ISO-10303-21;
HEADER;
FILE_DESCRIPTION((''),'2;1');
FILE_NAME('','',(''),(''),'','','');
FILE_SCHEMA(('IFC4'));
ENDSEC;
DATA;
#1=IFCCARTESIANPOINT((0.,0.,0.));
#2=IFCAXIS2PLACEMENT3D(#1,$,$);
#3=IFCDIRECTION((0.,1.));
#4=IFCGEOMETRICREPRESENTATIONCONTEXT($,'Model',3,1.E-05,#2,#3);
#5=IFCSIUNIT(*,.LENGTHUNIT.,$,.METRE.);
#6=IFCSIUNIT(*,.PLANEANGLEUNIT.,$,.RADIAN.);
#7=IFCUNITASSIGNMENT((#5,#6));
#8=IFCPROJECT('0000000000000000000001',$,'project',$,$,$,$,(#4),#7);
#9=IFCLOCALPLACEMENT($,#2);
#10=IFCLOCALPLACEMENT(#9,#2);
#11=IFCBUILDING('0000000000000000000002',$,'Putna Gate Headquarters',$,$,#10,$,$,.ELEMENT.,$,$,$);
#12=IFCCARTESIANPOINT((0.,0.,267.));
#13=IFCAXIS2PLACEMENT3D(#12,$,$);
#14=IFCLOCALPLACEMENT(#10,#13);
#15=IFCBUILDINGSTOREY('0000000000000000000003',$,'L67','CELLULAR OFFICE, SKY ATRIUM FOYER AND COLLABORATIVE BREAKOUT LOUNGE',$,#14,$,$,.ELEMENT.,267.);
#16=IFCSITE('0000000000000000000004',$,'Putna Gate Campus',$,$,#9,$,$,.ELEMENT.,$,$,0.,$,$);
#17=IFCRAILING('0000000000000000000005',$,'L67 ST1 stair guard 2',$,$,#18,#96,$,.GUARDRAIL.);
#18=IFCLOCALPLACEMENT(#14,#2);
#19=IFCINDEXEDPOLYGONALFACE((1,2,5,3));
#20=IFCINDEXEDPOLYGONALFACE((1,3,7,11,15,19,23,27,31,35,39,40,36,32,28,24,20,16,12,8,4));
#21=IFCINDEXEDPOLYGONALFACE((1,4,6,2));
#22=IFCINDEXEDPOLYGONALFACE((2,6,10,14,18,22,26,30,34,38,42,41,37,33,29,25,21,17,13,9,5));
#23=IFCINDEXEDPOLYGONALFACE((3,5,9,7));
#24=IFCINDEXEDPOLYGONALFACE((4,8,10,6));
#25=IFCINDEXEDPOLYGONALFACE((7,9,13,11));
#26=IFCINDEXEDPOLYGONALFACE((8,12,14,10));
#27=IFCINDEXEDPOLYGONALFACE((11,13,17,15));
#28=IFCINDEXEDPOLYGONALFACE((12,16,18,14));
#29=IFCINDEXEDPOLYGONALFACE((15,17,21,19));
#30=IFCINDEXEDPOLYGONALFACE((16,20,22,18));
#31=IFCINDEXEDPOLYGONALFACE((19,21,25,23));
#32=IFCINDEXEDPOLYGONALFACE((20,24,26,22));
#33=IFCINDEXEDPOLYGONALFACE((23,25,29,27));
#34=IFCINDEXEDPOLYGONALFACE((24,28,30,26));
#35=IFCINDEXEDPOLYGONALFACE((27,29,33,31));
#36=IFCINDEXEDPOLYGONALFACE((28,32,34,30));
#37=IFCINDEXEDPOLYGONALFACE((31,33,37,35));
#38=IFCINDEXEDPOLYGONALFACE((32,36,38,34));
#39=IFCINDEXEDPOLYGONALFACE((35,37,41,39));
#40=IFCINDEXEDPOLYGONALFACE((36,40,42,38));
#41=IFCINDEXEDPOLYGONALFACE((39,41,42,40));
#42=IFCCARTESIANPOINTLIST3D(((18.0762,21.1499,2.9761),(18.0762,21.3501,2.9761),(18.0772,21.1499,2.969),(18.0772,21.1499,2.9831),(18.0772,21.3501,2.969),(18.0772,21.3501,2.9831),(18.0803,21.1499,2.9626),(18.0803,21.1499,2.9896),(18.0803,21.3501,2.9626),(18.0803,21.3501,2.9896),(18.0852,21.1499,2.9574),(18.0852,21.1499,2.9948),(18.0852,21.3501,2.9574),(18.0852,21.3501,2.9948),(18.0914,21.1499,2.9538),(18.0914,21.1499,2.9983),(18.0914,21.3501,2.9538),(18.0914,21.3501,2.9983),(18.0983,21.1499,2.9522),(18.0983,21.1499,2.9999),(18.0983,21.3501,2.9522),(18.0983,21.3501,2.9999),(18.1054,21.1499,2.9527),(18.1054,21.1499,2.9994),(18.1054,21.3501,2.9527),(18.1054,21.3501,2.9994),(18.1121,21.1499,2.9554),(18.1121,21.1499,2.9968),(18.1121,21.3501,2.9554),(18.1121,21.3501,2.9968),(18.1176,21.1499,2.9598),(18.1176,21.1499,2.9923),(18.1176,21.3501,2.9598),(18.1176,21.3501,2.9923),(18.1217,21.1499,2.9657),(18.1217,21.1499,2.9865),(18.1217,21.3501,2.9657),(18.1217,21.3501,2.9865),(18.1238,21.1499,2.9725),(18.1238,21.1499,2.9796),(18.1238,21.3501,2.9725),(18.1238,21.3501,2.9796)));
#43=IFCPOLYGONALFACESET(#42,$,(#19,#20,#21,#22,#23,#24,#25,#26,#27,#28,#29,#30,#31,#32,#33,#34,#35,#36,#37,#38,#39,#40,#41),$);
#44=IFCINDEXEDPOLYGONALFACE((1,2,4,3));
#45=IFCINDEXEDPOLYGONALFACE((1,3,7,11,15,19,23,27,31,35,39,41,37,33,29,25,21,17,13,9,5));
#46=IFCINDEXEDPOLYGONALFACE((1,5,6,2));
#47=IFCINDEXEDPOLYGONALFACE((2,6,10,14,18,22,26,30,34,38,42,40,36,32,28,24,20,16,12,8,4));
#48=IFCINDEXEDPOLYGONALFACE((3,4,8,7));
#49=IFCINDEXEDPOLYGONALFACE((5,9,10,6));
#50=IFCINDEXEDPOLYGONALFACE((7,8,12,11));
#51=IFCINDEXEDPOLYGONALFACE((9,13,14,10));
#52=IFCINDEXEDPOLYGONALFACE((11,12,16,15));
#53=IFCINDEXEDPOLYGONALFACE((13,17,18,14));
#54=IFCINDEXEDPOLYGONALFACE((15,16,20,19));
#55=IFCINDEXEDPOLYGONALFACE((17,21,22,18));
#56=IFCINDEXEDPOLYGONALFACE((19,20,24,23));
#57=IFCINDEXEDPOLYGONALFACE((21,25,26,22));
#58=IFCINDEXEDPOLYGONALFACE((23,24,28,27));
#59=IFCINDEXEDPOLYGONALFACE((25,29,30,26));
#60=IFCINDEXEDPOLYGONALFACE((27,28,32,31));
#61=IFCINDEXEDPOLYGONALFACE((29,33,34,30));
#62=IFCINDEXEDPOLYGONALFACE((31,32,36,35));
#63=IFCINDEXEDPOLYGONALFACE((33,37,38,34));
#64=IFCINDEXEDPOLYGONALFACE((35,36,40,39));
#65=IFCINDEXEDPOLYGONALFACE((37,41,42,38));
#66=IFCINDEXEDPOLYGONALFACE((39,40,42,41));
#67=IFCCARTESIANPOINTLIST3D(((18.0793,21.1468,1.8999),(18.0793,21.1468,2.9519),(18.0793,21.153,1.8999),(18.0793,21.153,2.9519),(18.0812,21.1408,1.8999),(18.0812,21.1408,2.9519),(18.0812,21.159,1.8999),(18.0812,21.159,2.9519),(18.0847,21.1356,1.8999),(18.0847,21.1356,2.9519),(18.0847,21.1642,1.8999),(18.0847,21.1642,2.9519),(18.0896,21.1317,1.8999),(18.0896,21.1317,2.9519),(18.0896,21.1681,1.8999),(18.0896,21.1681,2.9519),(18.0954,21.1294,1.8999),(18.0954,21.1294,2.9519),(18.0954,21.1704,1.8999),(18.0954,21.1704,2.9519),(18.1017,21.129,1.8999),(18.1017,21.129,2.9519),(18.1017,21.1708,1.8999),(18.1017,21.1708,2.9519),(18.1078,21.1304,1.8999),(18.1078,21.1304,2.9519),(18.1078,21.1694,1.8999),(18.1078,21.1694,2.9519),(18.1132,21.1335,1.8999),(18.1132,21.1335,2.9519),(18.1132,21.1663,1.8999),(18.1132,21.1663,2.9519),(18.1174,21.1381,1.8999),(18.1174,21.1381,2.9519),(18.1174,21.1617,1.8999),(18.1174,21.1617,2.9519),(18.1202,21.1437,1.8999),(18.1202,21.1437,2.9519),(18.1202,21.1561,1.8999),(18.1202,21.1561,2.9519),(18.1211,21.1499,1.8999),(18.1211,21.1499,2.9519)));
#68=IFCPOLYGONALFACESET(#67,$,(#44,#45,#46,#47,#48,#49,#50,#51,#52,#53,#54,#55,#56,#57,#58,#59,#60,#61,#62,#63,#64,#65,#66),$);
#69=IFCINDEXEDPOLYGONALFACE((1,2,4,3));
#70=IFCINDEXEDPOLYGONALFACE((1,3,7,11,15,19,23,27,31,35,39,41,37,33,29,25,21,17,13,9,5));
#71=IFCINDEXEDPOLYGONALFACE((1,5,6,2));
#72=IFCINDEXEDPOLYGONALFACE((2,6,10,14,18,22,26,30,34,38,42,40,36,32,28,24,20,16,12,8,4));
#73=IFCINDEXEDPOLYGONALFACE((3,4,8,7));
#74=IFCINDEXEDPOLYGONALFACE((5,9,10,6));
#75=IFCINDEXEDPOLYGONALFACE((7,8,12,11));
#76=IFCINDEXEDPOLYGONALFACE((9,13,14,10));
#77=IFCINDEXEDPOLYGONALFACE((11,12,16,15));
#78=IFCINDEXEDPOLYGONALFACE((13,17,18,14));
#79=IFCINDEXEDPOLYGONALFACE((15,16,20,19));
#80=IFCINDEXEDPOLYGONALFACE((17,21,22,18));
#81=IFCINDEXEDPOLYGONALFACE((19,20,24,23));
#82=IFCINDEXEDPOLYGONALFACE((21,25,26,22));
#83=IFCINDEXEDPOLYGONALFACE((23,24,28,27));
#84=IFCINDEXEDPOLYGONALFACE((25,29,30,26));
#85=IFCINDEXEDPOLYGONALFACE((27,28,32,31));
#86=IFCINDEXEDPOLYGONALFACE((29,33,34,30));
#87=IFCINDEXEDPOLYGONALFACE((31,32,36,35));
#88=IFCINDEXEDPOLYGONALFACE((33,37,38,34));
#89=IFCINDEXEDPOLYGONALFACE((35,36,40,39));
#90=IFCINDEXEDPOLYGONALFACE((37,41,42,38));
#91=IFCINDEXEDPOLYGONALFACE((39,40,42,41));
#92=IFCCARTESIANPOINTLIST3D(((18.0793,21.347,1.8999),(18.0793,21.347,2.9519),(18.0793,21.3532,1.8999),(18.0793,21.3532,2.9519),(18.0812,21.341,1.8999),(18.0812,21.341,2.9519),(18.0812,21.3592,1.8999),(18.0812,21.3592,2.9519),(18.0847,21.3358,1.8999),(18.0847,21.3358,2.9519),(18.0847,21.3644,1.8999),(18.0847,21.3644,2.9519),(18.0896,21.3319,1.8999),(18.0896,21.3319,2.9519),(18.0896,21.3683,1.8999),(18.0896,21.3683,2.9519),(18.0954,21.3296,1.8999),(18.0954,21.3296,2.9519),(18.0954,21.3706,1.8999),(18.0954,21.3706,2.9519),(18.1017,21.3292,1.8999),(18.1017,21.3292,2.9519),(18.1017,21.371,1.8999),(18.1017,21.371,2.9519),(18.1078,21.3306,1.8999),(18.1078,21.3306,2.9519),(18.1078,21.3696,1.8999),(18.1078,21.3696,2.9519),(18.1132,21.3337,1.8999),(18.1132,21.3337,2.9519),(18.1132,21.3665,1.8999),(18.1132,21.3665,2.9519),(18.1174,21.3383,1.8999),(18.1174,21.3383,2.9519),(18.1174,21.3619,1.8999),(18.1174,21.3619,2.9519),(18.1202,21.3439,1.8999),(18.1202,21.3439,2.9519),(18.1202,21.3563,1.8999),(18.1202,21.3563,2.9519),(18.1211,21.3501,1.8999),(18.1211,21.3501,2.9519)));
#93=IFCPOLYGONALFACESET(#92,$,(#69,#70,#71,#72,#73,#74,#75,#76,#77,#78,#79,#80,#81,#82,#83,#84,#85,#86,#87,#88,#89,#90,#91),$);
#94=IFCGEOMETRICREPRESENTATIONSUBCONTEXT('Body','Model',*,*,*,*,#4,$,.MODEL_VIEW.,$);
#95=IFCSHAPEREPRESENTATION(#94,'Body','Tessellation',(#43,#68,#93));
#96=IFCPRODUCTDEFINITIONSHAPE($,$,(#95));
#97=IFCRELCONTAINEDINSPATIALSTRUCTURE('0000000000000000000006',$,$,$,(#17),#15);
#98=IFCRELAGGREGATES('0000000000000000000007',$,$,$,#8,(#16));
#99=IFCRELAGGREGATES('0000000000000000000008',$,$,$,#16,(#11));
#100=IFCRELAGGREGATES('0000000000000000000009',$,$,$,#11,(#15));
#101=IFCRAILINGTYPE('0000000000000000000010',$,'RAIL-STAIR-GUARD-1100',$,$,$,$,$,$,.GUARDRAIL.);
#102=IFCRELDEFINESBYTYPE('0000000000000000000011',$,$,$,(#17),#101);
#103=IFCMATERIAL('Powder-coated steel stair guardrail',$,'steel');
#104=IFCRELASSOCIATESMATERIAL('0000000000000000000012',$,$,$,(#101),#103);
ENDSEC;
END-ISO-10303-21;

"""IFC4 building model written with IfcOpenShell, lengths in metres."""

from ifc_helpers import new_model, si_unit, direction, frame, origin, origin_2d, place, context, subcontext, project, spatial, circle, extrude, material, type_object, element, save


model = new_model("IFC4")

# Units and contexts
model_context = context("Model", 3, precision=1e-05, world=origin(), true_north=direction((0.0, 1.0)))
body_context = subcontext(model_context, "Body", "Model", "MODEL_VIEW")
ifc_project = project(units=[si_unit("LENGTHUNIT", "METRE"), si_unit("PLANEANGLEUNIT", "RADIAN")], contexts=[model_context])

# Site, building, storey
site_placement = place(None, origin())
site = spatial("IfcSite", under=ifc_project, at=site_placement, Name="Putna Gate Campus", CompositionType="ELEMENT", RefElevation=0.0)
building_placement = place(site_placement, origin())
building = spatial("IfcBuilding", under=site, at=building_placement, Name="Putna Gate Headquarters", CompositionType="ELEMENT")
storey_placement = place(building_placement, frame((0.0, 0.0, 267.0)))
storey = spatial("IfcBuildingStorey", under=building, at=storey_placement, Name="L67", Description="CELLULAR OFFICE, SKY ATRIUM FOYER AND COLLABORATIVE BREAKOUT LOUNGE", CompositionType="ELEMENT", Elevation=267.0)

# Railing
ifc_material_1 = material(Name="Powder-coated steel stair guardrail", Category="steel")
railing_type_1 = type_object("IfcRailingType", Name="RAIL-STAIR-GUARD-1100", PredefinedType="GUARDRAIL", material=ifc_material_1)
railing_1_placement = place(storey_placement, frame((18.1001, 21.1499, 1.8999)))
element("IfcRailing", 1, at=railing_1_placement, inside=storey, type_object=railing_type_1, Name="L67 ST1 stair guard 2", PredefinedType="GUARDRAIL", context=body_context, shape_type="SweptSolid", body=[
    extrude(circle(Radius=0.0239, at=origin_2d()), frame((0.0, 0.0, 1.0762), z_axis=(0.0, 1.0, 0.0), x_axis=(-1.0, 0.0, 0.0)), (0.0, 0.0, 1.0), 0.2002),
    extrude(circle(Radius=0.021, at=origin_2d()), origin(), (0.0, 0.0, 1.0), 1.052),
    extrude(circle(Radius=0.021, at=origin_2d()), frame((0.0, 0.2002, 0.0)), (0.0, 0.0, 1.0), 1.052),
])

save(model, "model.ifc")
